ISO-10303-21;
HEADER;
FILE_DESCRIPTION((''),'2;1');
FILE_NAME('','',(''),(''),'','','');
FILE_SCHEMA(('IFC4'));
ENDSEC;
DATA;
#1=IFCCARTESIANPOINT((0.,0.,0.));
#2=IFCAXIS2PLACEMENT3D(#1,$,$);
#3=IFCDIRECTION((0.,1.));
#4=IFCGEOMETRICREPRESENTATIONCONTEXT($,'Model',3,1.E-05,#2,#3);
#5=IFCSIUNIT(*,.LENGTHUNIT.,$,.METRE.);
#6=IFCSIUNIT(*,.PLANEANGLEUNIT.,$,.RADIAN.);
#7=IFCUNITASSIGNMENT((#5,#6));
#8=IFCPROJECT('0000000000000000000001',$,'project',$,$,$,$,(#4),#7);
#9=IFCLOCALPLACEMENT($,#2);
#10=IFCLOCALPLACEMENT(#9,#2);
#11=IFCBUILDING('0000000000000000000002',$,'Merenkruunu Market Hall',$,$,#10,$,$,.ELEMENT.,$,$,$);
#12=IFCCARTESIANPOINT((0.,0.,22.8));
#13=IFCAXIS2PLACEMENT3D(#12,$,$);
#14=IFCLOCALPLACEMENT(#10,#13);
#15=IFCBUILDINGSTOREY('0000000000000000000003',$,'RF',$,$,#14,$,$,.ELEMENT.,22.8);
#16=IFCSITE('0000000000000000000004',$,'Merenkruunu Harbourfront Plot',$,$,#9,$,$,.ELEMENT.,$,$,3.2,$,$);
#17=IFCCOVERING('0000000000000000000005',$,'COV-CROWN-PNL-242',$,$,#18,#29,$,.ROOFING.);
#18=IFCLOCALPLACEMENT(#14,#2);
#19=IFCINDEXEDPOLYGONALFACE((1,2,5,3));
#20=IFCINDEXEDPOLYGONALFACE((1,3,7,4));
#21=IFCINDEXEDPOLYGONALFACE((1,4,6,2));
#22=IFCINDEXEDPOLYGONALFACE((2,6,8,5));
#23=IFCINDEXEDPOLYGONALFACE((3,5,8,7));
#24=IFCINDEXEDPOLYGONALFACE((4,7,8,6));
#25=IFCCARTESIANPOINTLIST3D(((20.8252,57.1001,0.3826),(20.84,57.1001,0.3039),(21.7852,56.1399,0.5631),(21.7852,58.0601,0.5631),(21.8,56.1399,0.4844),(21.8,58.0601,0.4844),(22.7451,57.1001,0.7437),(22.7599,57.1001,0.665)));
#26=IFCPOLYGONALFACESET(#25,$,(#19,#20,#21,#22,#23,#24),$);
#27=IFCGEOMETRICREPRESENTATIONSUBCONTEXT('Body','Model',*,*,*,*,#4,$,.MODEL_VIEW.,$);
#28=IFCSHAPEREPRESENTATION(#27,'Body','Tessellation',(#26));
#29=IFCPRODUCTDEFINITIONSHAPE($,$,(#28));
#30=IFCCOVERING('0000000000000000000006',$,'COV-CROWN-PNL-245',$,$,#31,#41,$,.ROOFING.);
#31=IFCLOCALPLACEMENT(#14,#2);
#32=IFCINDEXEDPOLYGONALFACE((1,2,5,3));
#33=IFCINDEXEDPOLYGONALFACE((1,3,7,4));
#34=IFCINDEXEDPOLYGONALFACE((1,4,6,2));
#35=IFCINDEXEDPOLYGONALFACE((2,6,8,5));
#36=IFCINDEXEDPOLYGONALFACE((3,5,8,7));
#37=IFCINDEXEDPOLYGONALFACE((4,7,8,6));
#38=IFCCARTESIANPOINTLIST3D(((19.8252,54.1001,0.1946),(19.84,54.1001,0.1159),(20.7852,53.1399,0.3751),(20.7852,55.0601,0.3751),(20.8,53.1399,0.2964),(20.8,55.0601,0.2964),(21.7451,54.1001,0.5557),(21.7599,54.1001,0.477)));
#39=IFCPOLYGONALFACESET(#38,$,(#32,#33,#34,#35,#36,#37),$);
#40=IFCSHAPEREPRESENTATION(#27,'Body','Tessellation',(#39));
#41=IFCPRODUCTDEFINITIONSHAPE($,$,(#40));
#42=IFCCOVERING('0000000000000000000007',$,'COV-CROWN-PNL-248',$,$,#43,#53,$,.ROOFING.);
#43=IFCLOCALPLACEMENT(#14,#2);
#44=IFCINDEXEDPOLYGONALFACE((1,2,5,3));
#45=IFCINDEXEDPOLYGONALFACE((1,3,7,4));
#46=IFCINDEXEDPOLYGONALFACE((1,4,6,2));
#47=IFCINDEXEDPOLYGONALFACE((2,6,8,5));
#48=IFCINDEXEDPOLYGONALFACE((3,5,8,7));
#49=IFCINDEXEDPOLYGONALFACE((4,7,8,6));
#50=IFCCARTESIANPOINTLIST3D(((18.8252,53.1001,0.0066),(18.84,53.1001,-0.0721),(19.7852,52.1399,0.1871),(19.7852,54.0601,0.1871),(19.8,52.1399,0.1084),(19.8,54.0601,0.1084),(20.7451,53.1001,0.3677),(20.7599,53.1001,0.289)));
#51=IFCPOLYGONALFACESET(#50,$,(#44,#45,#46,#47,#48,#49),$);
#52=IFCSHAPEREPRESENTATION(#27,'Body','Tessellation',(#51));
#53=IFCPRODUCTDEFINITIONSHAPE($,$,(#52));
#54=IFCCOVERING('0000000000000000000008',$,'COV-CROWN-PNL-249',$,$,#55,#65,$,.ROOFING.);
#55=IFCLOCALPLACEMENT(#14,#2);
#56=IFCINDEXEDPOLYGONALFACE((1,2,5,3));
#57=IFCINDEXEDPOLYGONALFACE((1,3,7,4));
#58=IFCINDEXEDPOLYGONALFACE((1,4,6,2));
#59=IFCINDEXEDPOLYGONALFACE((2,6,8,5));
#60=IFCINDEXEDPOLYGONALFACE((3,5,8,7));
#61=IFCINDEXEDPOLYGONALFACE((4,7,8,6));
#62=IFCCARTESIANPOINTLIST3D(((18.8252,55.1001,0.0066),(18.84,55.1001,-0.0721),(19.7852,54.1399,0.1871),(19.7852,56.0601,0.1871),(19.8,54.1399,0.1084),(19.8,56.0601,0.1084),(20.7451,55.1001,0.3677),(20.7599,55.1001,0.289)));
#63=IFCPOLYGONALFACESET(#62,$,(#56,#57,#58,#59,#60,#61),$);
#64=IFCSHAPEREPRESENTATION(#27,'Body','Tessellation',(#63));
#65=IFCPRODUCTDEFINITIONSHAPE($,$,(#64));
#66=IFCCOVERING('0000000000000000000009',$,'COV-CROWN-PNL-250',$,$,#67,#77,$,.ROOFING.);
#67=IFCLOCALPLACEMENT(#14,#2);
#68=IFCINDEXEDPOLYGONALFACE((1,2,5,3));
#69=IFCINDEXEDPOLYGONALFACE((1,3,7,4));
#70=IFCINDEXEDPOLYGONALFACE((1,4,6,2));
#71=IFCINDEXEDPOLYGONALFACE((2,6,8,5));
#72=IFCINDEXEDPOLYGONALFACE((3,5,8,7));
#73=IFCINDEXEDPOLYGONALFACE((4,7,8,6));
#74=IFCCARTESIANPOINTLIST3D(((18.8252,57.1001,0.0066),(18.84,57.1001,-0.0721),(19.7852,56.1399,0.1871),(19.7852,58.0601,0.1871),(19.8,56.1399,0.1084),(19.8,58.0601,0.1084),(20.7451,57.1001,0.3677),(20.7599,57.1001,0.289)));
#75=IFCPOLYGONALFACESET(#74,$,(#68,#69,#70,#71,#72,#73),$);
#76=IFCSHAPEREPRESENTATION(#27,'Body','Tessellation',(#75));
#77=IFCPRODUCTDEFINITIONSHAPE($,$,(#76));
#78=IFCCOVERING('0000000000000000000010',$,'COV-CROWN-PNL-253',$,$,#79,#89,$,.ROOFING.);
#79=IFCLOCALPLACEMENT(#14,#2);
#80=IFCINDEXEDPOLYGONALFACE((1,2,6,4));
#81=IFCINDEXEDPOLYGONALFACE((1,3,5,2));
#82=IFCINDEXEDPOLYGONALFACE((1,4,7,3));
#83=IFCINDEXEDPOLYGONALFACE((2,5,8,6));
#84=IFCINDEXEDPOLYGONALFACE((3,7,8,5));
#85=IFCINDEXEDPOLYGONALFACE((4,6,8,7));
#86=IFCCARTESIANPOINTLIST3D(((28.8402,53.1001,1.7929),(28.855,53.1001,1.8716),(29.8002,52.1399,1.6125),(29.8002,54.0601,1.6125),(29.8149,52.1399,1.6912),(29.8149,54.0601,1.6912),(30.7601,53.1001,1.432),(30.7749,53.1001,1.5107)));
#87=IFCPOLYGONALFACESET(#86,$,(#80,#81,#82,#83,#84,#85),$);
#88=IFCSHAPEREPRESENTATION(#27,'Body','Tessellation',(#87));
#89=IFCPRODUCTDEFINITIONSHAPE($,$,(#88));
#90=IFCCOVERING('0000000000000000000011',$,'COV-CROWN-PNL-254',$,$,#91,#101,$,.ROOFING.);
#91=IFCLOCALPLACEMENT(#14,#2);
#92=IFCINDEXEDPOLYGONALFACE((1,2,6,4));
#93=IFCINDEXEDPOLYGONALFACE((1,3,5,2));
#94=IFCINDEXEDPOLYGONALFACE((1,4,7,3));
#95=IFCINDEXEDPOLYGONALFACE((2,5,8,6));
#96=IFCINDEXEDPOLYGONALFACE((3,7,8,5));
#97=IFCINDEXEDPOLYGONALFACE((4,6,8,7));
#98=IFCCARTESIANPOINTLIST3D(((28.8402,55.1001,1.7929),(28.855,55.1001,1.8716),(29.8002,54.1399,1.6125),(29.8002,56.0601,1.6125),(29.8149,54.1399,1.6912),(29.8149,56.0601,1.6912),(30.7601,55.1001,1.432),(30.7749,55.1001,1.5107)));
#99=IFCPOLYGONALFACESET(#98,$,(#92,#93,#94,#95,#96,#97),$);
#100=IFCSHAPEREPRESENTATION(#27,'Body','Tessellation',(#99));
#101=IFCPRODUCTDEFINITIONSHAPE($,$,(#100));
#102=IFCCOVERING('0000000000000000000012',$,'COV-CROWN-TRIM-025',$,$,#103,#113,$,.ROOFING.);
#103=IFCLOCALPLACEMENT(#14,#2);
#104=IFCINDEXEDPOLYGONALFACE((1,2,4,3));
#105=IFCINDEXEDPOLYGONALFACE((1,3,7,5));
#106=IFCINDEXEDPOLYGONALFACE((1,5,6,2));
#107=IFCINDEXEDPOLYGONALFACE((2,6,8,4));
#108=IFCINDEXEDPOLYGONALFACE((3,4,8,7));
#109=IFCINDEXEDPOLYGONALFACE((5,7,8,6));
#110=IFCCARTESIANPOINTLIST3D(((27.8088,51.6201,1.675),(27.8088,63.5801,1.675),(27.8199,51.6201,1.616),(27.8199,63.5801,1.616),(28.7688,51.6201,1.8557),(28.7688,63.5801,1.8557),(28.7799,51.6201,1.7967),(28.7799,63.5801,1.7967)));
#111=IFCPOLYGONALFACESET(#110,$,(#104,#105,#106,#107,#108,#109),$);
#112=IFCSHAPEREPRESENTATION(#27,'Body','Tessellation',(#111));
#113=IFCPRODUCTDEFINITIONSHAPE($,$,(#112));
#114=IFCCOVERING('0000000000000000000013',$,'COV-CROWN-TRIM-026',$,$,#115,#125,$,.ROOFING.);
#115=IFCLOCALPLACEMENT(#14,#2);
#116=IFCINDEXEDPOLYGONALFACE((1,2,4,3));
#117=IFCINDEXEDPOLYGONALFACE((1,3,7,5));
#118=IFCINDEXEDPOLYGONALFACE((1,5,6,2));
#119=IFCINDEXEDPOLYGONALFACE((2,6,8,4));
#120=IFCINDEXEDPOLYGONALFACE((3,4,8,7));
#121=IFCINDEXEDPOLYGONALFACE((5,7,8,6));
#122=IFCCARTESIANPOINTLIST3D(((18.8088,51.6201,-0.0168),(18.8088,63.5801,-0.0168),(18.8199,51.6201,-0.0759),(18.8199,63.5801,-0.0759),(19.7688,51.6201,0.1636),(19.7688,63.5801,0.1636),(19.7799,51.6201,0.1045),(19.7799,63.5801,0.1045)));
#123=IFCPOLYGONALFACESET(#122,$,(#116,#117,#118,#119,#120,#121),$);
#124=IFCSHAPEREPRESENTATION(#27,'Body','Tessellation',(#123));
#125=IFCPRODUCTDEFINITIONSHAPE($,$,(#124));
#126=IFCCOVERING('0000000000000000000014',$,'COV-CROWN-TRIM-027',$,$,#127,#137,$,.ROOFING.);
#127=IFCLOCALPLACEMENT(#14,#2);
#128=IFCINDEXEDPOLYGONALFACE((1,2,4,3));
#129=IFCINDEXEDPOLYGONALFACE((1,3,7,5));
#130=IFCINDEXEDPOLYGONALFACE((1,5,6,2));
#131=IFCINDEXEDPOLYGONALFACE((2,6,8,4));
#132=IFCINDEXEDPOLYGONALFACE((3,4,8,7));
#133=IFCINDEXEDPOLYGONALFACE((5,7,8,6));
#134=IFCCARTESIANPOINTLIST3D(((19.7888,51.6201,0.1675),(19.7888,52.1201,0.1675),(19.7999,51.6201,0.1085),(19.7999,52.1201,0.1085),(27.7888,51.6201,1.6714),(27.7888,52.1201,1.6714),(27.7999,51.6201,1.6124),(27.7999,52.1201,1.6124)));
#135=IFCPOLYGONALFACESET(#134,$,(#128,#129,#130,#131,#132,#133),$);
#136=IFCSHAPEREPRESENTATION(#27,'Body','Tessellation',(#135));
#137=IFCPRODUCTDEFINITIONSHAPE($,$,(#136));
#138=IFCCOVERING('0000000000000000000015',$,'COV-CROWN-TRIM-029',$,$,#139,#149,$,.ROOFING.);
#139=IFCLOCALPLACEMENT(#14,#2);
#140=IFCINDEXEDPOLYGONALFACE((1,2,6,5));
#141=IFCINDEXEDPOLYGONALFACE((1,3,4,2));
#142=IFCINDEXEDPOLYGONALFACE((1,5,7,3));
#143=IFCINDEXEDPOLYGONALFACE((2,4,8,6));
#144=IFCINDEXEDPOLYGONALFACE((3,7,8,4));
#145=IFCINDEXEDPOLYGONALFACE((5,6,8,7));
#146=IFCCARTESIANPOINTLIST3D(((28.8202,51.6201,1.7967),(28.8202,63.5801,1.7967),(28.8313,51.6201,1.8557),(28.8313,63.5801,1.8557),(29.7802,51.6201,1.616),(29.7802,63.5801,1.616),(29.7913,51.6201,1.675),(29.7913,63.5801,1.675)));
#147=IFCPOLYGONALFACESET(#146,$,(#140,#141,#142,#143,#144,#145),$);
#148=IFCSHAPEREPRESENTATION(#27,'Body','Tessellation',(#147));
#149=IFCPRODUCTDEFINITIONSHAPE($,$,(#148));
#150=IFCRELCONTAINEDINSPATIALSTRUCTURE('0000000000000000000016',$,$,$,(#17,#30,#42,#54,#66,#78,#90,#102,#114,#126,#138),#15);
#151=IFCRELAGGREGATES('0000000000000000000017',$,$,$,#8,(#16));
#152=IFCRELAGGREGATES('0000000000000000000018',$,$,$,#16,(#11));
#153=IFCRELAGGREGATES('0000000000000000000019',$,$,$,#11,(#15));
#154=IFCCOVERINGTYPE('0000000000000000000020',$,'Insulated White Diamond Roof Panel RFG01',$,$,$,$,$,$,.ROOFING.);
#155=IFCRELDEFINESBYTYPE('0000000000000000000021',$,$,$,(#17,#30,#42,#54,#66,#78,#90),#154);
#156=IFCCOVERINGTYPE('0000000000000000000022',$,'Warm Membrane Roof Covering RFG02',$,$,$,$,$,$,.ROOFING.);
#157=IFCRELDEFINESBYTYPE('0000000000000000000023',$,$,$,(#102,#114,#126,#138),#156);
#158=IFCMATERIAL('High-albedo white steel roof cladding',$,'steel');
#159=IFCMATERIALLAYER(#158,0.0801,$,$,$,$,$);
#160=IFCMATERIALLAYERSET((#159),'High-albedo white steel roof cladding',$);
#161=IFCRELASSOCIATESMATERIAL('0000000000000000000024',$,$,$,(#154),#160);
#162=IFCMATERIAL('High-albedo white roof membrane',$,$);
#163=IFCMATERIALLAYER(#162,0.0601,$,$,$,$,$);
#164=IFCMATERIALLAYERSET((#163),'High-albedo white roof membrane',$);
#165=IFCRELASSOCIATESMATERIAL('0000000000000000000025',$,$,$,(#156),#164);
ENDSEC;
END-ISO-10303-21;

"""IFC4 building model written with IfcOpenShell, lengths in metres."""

from ifc_helpers import new_model, si_unit, direction, frame, origin, place, context, subcontext, project, spatial, polyline, outline, extrude, material, layer, layer_set, type_object, element, save


model = new_model("IFC4")

# Units and contexts
model_context = context("Model", 3, precision=1e-05, world=origin(), true_north=direction((0.0, 1.0)))
body_context = subcontext(model_context, "Body", "Model", "MODEL_VIEW")
ifc_project = project(units=[si_unit("LENGTHUNIT", "METRE"), si_unit("PLANEANGLEUNIT", "RADIAN")], contexts=[model_context])

# Site, building, storey
site_placement = place(None, origin())
site = spatial("IfcSite", under=ifc_project, at=site_placement, Name="Merenkruunu Harbourfront Plot", CompositionType="ELEMENT", RefElevation=3.2)
building_placement = place(site_placement, origin())
building = spatial("IfcBuilding", under=site, at=building_placement, Name="Merenkruunu Market Hall", CompositionType="ELEMENT")
storey_placement = place(building_placement, frame((0.0, 0.0, 22.8)))
storey = spatial("IfcBuildingStorey", under=building, at=storey_placement, Name="RF", CompositionType="ELEMENT", Elevation=22.8)

# Coverings
ifc_material_1 = material(Name="High-albedo white steel roof cladding", Category="steel")
ifc_layer_1 = layer(ifc_material_1, 0.0801)
ifc_layer_set_1 = layer_set([ifc_layer_1], Name="High-albedo white steel roof cladding")
covering_type_1 = type_object("IfcCoveringType", Name="Insulated White Diamond Roof Panel RFG01", PredefinedType="ROOFING", material=ifc_layer_set_1)
for number, where, z_axis, x_axis, name in (
    (1, (20.8252, 57.1001, 0.3826), (-0.184832, 0.0, 0.98277), (0.700856, -0.701018, 0.131812), "COV-CROWN-PNL-242"),
    (2, (19.8252, 54.1001, 0.1946), (-0.184832, 0.0, 0.98277), (0.700856, -0.701018, 0.131812), "COV-CROWN-PNL-245"),
    (3, (18.8252, 53.1001, 0.0066), (-0.184832, 0.0, 0.98277), (0.700856, -0.701018, 0.131812), "COV-CROWN-PNL-248"),
    (4, (18.8252, 55.1001, 0.0066), (-0.184832, 0.0, 0.98277), (0.700856, -0.701018, 0.131812), "COV-CROWN-PNL-249"),
    (5, (18.8252, 57.1001, 0.0066), (-0.184832, 0.0, 0.98277), (0.700856, -0.701018, 0.131812), "COV-CROWN-PNL-250"),
):
    element("IfcCovering", number, at=place(storey_placement, frame(where, z_axis=z_axis, x_axis=x_axis)), inside=storey, type_object=covering_type_1, Name=name, PredefinedType="ROOFING", context=body_context, shape_type="SweptSolid", body=[
        extrude(outline(polyline([(0.0, 0.0), (1.3697, 0.0), (1.3932, 1.3695), (0.0237, 1.3694), (0.0, 0.0)])), origin(), (0.0, 0.0, -1.0), 0.0801),
    ])
for number, where, z_axis, x_axis, name in (
    (6, (28.855, 53.1001, 1.8716), (0.184711, 0.0, 0.982793), (0.700856, -0.701035, -0.131722), "COV-CROWN-PNL-253"),
    (7, (28.855, 55.1001, 1.8716), (0.184711, 0.0, 0.982793), (0.700856, -0.701035, -0.131722), "COV-CROWN-PNL-254"),
):
    element("IfcCovering", number, at=place(storey_placement, frame(where, z_axis=z_axis, x_axis=x_axis)), inside=storey, type_object=covering_type_1, Name=name, PredefinedType="ROOFING", context=body_context, shape_type="SweptSolid", body=[
        extrude(outline(polyline([(0.0, 0.0), (1.3697, 0.0), (1.3931, 1.3695), (0.0236, 1.3693), (0.0, 0.0)])), origin(), (0.0, 0.0, -1.0), 0.0801),
    ])
ifc_material_2 = material(Name="High-albedo white roof membrane")
ifc_layer_2 = layer(ifc_material_2, 0.0601)
ifc_layer_set_2 = layer_set([ifc_layer_2], Name="High-albedo white roof membrane")
covering_type_2 = type_object("IfcCoveringType", Name="Warm Membrane Roof Covering RFG02", PredefinedType="ROOFING", material=ifc_layer_set_2)
covering_1_placement = place(storey_placement, frame((27.8088, 51.6201, 1.675), z_axis=(-0.184952, 0.0, 0.982747), x_axis=(0.982747, 0.0, 0.184952)))
element("IfcCovering", 8, at=covering_1_placement, inside=storey, type_object=covering_type_2, Name="COV-CROWN-TRIM-025", PredefinedType="ROOFING", context=body_context, shape_type="SweptSolid", body=[
    extrude(outline(polyline([(0.0, 0.0), (0.9768, 0.0), (0.9768, 11.96), (0.0, 11.96), (0.0, 0.0)])), origin(), (0.0, 0.0, -1.0), 0.0601),
])
covering_2_placement = place(storey_placement, frame((18.8088, 51.6201, -0.0168), z_axis=(-0.184711, 0.0, 0.982793), x_axis=(0.982793, 0.0, 0.184711)))
element("IfcCovering", 9, at=covering_2_placement, inside=storey, type_object=covering_type_2, Name="COV-CROWN-TRIM-026", PredefinedType="ROOFING", context=body_context, shape_type="SweptSolid", body=[
    extrude(outline(polyline([(0.0, 0.0), (0.9768, 0.0), (0.9768, 11.96), (0.0, 11.96), (0.0, 0.0)])), origin(), (0.0, 0.0, -1.0), 0.0601),
])
covering_3_placement = place(storey_placement, frame((19.7888, 51.6201, 0.1675), z_axis=(-0.184752, 0.0, 0.982785), x_axis=(0.982785, 0.0, 0.184752)))
element("IfcCovering", 10, at=covering_3_placement, inside=storey, type_object=covering_type_2, Name="COV-CROWN-TRIM-027", PredefinedType="ROOFING", context=body_context, shape_type="SweptSolid", body=[
    extrude(outline(polyline([(0.0, 0.0), (8.1401, 0.0), (8.1401, 0.5), (0.0, 0.5), (0.0, 0.0)])), origin(), (0.0, 0.0, -1.0), 0.0601),
])
covering_4_placement = place(storey_placement, frame((28.8313, 51.6201, 1.8557), z_axis=(0.184952, 0.0, 0.982747), x_axis=(0.982747, 0.0, -0.184952)))
element("IfcCovering", 11, at=covering_4_placement, inside=storey, type_object=covering_type_2, Name="COV-CROWN-TRIM-029", PredefinedType="ROOFING", context=body_context, shape_type="SweptSolid", body=[
    extrude(outline(polyline([(0.0, 0.0), (0.9768, 0.0), (0.9768, 11.96), (0.0, 11.96), (0.0, 0.0)])), origin(), (0.0, 0.0, -1.0), 0.0601),
])

save(model, "model.ifc")
